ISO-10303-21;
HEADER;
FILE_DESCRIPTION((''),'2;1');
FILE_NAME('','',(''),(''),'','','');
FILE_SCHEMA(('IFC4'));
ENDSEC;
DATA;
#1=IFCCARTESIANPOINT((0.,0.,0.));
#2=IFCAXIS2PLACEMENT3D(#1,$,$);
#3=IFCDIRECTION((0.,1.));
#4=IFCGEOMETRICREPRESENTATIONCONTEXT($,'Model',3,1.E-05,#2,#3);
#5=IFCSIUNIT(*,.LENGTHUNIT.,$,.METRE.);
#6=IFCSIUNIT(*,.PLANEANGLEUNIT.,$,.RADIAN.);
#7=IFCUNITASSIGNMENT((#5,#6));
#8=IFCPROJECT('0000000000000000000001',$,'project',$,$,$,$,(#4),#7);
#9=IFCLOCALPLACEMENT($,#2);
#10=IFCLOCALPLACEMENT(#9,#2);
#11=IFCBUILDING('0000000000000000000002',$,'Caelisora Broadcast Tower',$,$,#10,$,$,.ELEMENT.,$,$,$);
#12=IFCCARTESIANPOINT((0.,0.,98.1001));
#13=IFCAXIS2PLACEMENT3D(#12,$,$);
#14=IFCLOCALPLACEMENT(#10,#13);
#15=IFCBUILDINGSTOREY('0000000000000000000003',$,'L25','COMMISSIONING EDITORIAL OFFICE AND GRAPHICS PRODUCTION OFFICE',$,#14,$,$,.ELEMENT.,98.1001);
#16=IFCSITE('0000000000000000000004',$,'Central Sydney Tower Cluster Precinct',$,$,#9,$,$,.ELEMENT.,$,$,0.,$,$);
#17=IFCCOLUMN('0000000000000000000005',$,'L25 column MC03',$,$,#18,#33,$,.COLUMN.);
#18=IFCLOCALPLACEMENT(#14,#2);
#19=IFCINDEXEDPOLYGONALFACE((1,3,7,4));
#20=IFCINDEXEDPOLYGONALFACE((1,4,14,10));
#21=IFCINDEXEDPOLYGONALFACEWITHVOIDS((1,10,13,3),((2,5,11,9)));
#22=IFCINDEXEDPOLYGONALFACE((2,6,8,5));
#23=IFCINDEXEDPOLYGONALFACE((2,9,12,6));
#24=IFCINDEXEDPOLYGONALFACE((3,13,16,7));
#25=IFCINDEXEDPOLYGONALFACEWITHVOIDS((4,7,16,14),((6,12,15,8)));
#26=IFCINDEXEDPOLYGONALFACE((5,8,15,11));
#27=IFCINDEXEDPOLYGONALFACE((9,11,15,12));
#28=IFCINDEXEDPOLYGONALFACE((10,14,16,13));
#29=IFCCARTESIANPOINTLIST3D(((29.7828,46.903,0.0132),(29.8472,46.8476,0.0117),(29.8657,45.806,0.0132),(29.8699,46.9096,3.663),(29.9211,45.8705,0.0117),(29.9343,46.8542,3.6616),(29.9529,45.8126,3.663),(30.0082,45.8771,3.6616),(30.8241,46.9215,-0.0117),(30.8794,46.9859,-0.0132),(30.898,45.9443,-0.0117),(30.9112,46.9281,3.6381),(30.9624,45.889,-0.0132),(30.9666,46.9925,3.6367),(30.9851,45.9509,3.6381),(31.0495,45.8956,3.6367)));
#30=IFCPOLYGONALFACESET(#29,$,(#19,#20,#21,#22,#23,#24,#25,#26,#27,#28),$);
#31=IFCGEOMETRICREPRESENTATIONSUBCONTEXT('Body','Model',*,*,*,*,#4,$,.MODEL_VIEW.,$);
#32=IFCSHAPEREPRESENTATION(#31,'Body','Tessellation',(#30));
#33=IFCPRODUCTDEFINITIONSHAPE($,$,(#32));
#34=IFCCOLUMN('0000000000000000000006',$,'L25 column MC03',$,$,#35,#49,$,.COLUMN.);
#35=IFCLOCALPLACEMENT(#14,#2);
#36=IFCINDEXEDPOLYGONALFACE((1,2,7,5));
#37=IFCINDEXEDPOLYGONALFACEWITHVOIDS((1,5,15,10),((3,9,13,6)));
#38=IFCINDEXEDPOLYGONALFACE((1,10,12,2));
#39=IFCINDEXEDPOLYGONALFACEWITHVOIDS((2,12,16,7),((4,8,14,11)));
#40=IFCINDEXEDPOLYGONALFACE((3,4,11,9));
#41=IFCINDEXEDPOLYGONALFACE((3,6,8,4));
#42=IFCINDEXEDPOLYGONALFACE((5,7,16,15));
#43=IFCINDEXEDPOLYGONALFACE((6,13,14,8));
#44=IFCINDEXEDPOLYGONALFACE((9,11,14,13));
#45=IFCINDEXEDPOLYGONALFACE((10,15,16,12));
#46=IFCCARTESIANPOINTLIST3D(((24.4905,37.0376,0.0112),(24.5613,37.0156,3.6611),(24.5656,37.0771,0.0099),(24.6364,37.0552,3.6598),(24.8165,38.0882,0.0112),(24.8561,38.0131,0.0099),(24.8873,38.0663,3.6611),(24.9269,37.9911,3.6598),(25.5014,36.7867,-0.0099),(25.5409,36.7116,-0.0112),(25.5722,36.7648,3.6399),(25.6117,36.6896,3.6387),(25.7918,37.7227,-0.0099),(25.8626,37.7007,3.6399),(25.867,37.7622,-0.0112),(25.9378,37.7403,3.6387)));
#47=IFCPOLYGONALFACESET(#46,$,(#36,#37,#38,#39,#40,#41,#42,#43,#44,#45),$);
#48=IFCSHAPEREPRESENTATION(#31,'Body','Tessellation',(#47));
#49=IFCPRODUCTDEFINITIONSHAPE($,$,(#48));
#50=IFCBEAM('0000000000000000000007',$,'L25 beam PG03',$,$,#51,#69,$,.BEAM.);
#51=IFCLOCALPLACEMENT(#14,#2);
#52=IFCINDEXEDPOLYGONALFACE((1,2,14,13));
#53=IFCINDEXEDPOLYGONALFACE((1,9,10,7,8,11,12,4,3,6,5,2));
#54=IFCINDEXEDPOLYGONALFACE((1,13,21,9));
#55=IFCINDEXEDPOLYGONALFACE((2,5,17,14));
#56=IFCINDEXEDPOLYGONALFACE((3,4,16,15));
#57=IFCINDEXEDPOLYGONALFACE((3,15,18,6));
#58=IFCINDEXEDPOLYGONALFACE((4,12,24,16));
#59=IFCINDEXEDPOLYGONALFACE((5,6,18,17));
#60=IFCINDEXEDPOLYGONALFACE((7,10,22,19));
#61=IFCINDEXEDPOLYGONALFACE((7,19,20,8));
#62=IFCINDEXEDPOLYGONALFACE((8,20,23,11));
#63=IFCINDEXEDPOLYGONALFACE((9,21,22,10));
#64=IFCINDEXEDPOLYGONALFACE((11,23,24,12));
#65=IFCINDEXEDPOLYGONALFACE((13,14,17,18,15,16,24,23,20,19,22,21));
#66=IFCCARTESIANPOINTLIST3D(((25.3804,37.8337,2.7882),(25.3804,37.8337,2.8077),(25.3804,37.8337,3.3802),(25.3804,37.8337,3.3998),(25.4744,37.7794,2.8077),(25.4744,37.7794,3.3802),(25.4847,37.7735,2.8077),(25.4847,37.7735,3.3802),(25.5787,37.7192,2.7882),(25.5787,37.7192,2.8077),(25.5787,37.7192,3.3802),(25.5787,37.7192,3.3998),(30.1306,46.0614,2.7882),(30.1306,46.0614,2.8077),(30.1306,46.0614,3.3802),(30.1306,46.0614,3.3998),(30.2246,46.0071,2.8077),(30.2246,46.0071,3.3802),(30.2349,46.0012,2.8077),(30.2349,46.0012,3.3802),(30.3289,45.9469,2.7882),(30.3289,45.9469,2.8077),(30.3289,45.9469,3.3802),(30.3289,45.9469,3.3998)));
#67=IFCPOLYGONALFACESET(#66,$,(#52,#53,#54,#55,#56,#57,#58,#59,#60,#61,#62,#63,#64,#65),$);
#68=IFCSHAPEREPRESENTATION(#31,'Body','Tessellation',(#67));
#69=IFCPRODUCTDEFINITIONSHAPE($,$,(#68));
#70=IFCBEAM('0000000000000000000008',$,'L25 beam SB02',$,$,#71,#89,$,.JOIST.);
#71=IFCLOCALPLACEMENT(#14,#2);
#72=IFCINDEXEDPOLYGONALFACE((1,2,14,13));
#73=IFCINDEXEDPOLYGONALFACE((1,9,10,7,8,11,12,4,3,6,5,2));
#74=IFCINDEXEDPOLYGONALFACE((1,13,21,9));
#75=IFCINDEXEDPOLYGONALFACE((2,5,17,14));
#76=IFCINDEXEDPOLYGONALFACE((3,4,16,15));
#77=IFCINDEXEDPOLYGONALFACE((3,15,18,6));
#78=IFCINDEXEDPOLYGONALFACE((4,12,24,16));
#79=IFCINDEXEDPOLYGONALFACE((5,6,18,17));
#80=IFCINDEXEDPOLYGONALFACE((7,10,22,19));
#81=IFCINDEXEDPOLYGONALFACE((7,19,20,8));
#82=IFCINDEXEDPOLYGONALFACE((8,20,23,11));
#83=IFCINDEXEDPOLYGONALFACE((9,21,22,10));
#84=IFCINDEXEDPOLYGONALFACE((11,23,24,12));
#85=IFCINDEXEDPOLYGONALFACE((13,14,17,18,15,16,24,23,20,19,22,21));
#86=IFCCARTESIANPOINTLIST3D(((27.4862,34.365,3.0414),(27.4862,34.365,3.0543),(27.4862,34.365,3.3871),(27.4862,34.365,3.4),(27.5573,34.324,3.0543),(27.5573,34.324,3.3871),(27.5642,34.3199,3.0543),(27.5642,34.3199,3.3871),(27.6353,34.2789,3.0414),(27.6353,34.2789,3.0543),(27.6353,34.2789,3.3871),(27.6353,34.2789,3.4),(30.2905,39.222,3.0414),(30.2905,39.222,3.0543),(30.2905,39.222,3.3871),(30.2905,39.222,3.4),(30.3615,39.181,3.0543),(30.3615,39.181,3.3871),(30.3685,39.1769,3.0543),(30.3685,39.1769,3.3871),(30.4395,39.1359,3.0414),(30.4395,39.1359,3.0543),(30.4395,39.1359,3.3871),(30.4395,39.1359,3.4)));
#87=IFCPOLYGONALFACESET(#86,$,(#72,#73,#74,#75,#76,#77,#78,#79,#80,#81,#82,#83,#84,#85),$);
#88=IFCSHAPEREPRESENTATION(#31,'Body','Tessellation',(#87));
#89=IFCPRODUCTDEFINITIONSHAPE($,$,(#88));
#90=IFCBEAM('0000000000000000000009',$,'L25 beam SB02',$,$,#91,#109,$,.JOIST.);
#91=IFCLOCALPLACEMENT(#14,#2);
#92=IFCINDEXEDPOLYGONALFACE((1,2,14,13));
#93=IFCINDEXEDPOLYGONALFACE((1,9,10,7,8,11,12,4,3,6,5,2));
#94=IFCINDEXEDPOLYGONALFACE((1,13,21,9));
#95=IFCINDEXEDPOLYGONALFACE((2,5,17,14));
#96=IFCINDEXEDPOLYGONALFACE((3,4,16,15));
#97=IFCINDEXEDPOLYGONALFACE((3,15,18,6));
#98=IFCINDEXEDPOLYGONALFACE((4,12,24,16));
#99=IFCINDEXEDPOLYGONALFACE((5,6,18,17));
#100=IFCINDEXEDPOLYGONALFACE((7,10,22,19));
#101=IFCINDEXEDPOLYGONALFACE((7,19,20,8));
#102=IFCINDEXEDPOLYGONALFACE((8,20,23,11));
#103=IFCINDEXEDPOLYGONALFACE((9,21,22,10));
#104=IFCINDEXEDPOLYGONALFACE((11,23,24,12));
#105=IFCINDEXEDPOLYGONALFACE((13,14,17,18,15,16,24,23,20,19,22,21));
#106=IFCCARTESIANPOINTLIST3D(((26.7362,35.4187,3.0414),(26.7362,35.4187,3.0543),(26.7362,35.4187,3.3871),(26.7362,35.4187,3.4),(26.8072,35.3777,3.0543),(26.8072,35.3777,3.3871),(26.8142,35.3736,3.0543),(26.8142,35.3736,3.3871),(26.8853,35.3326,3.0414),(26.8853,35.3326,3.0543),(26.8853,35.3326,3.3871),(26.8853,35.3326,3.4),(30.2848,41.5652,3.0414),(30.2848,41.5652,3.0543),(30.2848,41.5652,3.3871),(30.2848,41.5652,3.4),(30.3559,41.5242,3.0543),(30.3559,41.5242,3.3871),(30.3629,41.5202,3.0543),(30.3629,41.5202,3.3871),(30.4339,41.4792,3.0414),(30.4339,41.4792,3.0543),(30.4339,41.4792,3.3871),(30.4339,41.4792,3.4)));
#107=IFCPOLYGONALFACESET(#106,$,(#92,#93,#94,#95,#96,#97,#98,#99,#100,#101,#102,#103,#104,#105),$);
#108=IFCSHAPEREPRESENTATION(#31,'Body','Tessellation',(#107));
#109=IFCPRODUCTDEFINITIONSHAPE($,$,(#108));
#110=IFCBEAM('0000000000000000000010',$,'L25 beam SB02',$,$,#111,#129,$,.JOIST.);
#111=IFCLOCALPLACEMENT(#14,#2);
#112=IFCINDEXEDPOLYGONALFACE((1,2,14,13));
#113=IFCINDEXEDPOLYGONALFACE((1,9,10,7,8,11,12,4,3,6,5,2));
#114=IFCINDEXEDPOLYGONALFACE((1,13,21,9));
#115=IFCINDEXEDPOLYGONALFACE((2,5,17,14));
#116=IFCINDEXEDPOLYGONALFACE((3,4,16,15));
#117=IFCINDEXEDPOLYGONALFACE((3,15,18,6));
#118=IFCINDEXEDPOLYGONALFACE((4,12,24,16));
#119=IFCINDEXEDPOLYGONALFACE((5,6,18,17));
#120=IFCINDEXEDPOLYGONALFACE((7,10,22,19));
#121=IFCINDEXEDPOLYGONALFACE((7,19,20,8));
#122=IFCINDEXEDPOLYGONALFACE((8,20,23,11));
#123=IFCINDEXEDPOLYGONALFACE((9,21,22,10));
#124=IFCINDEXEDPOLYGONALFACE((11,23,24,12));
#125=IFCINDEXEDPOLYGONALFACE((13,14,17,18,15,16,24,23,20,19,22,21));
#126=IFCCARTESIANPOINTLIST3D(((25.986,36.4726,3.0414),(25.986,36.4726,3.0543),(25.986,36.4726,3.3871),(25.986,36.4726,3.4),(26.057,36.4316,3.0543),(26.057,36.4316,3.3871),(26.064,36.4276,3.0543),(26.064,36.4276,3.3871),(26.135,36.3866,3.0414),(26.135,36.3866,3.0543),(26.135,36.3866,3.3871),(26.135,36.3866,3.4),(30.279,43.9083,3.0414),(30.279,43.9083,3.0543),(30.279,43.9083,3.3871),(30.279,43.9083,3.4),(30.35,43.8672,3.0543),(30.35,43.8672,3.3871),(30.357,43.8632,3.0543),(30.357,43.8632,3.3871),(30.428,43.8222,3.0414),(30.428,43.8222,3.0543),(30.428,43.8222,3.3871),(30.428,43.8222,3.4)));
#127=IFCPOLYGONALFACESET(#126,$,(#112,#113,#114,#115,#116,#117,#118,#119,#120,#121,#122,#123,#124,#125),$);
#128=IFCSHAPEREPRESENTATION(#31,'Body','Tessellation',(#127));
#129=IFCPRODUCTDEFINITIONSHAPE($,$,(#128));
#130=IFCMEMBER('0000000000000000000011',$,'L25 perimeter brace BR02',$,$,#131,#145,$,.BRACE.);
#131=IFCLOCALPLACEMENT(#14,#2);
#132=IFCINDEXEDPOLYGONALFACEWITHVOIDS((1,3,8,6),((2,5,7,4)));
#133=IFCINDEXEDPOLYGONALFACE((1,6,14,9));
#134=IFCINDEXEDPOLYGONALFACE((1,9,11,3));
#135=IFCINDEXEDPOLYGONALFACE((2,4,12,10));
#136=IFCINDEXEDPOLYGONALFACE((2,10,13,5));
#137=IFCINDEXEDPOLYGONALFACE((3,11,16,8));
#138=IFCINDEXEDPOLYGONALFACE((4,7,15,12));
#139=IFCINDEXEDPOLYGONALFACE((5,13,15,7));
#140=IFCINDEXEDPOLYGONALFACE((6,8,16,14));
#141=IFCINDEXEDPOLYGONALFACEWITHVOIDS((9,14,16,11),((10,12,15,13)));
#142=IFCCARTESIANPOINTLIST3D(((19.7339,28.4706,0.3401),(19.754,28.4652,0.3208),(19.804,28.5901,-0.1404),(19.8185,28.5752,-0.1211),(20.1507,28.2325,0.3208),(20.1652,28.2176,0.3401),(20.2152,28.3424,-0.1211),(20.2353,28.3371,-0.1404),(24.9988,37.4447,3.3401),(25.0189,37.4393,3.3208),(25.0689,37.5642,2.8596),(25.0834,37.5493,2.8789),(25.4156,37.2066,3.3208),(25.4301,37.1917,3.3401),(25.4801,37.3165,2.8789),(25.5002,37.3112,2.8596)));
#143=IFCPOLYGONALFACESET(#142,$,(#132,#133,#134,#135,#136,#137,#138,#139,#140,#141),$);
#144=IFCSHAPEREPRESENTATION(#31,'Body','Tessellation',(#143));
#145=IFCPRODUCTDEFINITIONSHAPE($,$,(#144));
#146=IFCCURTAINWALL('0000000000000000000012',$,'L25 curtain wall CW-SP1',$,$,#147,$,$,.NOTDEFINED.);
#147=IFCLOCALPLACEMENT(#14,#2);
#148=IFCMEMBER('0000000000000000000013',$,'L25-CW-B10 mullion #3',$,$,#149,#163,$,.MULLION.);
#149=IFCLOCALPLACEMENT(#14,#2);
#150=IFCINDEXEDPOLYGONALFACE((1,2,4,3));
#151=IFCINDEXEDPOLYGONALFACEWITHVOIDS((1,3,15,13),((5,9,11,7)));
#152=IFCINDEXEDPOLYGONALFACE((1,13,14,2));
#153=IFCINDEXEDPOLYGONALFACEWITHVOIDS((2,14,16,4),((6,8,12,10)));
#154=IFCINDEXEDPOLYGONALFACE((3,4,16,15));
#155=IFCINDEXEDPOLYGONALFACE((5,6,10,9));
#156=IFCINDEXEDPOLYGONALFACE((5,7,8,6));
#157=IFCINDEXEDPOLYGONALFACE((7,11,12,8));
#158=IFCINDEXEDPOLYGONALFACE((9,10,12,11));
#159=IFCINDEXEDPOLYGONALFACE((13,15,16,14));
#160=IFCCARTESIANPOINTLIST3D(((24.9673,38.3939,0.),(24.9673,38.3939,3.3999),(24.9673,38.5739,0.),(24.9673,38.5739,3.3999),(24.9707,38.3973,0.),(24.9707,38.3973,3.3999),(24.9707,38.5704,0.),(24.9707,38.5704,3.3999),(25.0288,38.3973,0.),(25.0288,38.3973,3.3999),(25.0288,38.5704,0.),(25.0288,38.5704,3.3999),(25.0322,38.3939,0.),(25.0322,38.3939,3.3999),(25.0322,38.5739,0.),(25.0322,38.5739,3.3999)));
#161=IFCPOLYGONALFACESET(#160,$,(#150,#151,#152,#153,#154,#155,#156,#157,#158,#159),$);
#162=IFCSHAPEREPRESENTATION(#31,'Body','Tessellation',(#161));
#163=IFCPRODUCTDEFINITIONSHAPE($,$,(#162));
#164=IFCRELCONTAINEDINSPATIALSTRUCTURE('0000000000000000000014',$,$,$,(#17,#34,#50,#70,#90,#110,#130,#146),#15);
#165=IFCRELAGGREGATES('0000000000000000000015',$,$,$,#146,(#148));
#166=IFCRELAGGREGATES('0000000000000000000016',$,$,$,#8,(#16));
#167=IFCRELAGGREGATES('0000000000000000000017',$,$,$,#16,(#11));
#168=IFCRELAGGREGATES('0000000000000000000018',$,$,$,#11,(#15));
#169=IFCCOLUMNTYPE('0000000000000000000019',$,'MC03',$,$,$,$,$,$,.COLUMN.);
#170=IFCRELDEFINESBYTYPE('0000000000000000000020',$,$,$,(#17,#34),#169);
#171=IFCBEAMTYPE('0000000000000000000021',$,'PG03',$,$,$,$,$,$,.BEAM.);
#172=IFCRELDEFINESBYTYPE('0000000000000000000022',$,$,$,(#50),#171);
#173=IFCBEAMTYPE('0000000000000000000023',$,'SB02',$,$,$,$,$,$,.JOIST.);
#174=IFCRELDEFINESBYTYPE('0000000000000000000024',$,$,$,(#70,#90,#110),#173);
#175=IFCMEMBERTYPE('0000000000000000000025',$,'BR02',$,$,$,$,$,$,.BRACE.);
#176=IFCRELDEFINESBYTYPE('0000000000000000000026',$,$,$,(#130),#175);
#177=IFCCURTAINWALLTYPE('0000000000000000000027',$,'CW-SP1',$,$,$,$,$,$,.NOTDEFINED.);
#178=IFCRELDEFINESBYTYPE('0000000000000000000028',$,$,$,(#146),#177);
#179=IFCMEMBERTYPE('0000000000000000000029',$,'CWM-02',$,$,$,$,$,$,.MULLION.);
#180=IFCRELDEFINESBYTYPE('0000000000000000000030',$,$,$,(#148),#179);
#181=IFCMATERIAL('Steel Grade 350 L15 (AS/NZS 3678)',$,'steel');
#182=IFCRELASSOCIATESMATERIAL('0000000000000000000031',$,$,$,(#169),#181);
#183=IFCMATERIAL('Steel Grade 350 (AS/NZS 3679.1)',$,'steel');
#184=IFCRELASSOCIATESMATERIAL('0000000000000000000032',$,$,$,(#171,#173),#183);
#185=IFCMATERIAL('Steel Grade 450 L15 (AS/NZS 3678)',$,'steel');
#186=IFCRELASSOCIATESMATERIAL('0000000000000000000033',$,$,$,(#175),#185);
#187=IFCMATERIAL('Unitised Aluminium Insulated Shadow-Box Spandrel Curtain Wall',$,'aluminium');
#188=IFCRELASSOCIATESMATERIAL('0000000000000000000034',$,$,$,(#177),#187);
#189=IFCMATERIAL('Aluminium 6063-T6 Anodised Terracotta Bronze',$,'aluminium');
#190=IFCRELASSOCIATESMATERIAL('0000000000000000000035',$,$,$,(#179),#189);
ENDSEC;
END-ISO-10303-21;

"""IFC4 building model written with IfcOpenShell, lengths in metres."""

from ifc_helpers import new_model, si_unit, direction, frame, origin, origin_2d, place, context, subcontext, project, spatial, hollow_rectangle, i_section, extrude, source, transform, mapped, material, material_profile, profile_set, type_object, type_shapes, element, aggregate, save


model = new_model("IFC4")

# Units and contexts
model_context = context("Model", 3, precision=1e-05, world=origin(), true_north=direction((0.0, 1.0)))
body_context = subcontext(model_context, "Body", "Model", "MODEL_VIEW")
ifc_project = project(units=[si_unit("LENGTHUNIT", "METRE"), si_unit("PLANEANGLEUNIT", "RADIAN")], contexts=[model_context])

# Site, building, storey
site_placement = place(None, origin())
site = spatial("IfcSite", under=ifc_project, at=site_placement, Name="Central Sydney Tower Cluster Precinct", CompositionType="ELEMENT", RefElevation=0.0)
building_placement = place(site_placement, origin())
building = spatial("IfcBuilding", under=site, at=building_placement, Name="Caelisora Broadcast Tower", CompositionType="ELEMENT")
storey_placement = place(building_placement, frame((0.0, 0.0, 98.1001)))
storey = spatial("IfcBuildingStorey", under=building, at=storey_placement, Name="L25", Description="COMMISSIONING EDITORIAL OFFICE AND GRAPHICS PRODUCTION OFFICE", CompositionType="ELEMENT", Elevation=98.1001)

# Columns
ifc_material_1 = material(Name="Steel Grade 350 L15 (AS/NZS 3678)", Category="steel")
ifc_material_profile_1 = material_profile(ifc_material_1, hollow_rectangle(XDim=1.1001, YDim=1.1001, WallThickness=0.0601, at=origin_2d()), Name="Steel Grade 350 L15 (AS/NZS 3678)")
ifc_profile_set_1 = profile_set([ifc_material_profile_1], Name="Steel Grade 350 L15 (AS/NZS 3678)")
column_type = type_object("IfcColumnType", Name="MC03", PredefinedType="COLUMN", material=ifc_profile_set_1)
shared_shape_1 = source(origin(), body_context, "Body", "SweptSolid", [
    extrude(hollow_rectangle(XDim=1.1001, YDim=1.1001, WallThickness=0.0601, at=origin_2d()), origin(), (0.0, 0.0, 1.0), 3.6509),
])
column_1_placement = place(storey_placement, frame((30.3726, 46.396, 0.0), z_axis=(0.023873, 0.001806, 0.999713), x_axis=(-0.075415, 0.997152, 0.0)))
element("IfcColumn", 1, at=column_1_placement, inside=storey, type_object=column_type, Name="L25 column MC03", PredefinedType="COLUMN", context=body_context, shape_type="MappedRepresentation", body=[
    mapped(shared_shape_1, transform((0.0, 0.0, 0.0), scale=1.0)),
])
shared_shape_2 = source(origin(), body_context, "Body", "SweptSolid", [
    extrude(hollow_rectangle(XDim=1.1001, YDim=1.1001, WallThickness=0.0601, at=origin_2d()), origin(), (0.0, 0.0, 1.0), 3.6506),
])
type_shapes(column_type, [shared_shape_1, shared_shape_2])
column_2_placement = place(storey_placement, frame((25.1787, 37.3999, 0.0), z_axis=(0.019394, -0.006019, 0.999794), x_axis=(0.296399, 0.955064, 0.0)))
element("IfcColumn", 2, at=column_2_placement, inside=storey, type_object=column_type, Name="L25 column MC03", PredefinedType="COLUMN", context=body_context, shape_type="MappedRepresentation", body=[
    mapped(shared_shape_2, transform((0.0, 0.0, 0.0), scale=1.0)),
])

# Beams
ifc_material_2 = material(Name="Steel Grade 350 (AS/NZS 3679.1)", Category="steel")
ifc_material_profile_2 = material_profile(ifc_material_2, i_section(OverallWidth=0.229, OverallDepth=0.6116, WebThickness=0.012, FlangeThickness=0.0195, at=origin_2d()), Name="Steel Grade 350 (AS/NZS 3679.1)")
ifc_profile_set_2 = profile_set([ifc_material_profile_2], Name="Steel Grade 350 (AS/NZS 3679.1)")
beam_type_1 = type_object("IfcBeamType", Name="PG03", PredefinedType="BEAM", material=ifc_profile_set_2)
shared_shape_3 = source(origin(), body_context, "Body", "SweptSolid", [
    extrude(i_section(OverallWidth=0.229, OverallDepth=0.6116, WebThickness=0.012, FlangeThickness=0.0195, at=origin_2d()), origin(), (0.0, 0.0, 1.0), 9.5005),
])
type_shapes(beam_type_1, [shared_shape_3])
beam_1_placement = place(storey_placement, frame((30.2297, 46.0042, 3.094), z_axis=(-0.499995, -0.866029, 0.0), x_axis=(0.866029, -0.499995, 0.0)))
element("IfcBeam", 3, at=beam_1_placement, inside=storey, type_object=beam_type_1, Name="L25 beam PG03", PredefinedType="BEAM", context=body_context, shape_type="MappedRepresentation", body=[
    mapped(shared_shape_3, transform((0.0, 0.0, 0.0), scale=1.0)),
])
ifc_material_profile_3 = material_profile(ifc_material_2, i_section(OverallWidth=0.1721, OverallDepth=0.3586, WebThickness=0.0081, FlangeThickness=0.0129, at=origin_2d()), Name="Steel Grade 350 (AS/NZS 3679.1)")
ifc_profile_set_3 = profile_set([ifc_material_profile_3], Name="Steel Grade 350 (AS/NZS 3679.1)")
beam_type_2 = type_object("IfcBeamType", Name="SB02", PredefinedType="JOIST", material=ifc_profile_set_3)
shared_shape_4 = source(origin(), body_context, "Body", "SweptSolid", [
    extrude(i_section(OverallWidth=0.1721, OverallDepth=0.3586, WebThickness=0.0081, FlangeThickness=0.0129, at=origin_2d()), origin(), (0.0, 0.0, 1.0), 5.6084),
])
beam_2_placement = place(storey_placement, frame((30.365, 39.179, 3.2207), z_axis=(-0.500006, -0.866022, 0.0), x_axis=(0.866022, -0.500006, 0.0)))
element("IfcBeam", 4, at=beam_2_placement, inside=storey, type_object=beam_type_2, Name="L25 beam SB02", PredefinedType="JOIST", context=body_context, shape_type="MappedRepresentation", body=[
    mapped(shared_shape_4, transform((0.0, 0.0, 0.0), scale=1.0)),
])
shared_shape_5 = source(origin(), body_context, "Body", "SweptSolid", [
    extrude(i_section(OverallWidth=0.1721, OverallDepth=0.3586, WebThickness=0.0081, FlangeThickness=0.0129, at=origin_2d()), origin(), (0.0, 0.0, 1.0), 7.0974),
])
beam_3_placement = place(storey_placement, frame((30.3594, 41.5222, 3.2207), z_axis=(-0.49999, -0.866031, 0.0), x_axis=(0.866031, -0.49999, 0.0)))
element("IfcBeam", 5, at=beam_3_placement, inside=storey, type_object=beam_type_2, Name="L25 beam SB02", PredefinedType="JOIST", context=body_context, shape_type="MappedRepresentation", body=[
    mapped(shared_shape_5, transform((0.0, 0.0, 0.0), scale=1.0)),
])
shared_shape_6 = source(origin(), body_context, "Body", "SweptSolid", [
    extrude(i_section(OverallWidth=0.1721, OverallDepth=0.3586, WebThickness=0.0081, FlangeThickness=0.0129, at=origin_2d()), origin(), (0.0, 0.0, 1.0), 8.5859),
])
type_shapes(beam_type_2, [shared_shape_4, shared_shape_5, shared_shape_6])
beam_4_placement = place(storey_placement, frame((30.3535, 43.8652, 3.2207), z_axis=(-0.500005, -0.866023, 0.0), x_axis=(0.866023, -0.500005, 0.0)))
element("IfcBeam", 6, at=beam_4_placement, inside=storey, type_object=beam_type_2, Name="L25 beam SB02", PredefinedType="JOIST", context=body_context, shape_type="MappedRepresentation", body=[
    mapped(shared_shape_6, transform((0.0, 0.0, 0.0), scale=1.0)),
])

# Member
ifc_material_3 = material(Name="Steel Grade 450 L15 (AS/NZS 3678)", Category="steel")
ifc_material_profile_4 = material_profile(ifc_material_3, hollow_rectangle(XDim=0.5, YDim=0.5, WallThickness=0.02, at=origin_2d()), Name="Steel Grade 450 L15 (AS/NZS 3678)")
ifc_profile_set_4 = profile_set([ifc_material_profile_4], Name="Steel Grade 450 L15 (AS/NZS 3678)")
member_type_1 = type_object("IfcMemberType", Name="BR02", PredefinedType="BRACE", material=ifc_profile_set_4)
shared_shape_7 = source(origin(), body_context, "Body", "SweptSolid", [
    extrude(hollow_rectangle(XDim=0.5, YDim=0.5, WallThickness=0.02, at=origin_2d()), origin(), (0.0, 0.0, 1.0), 10.8284),
])
type_shapes(member_type_1, [shared_shape_7])
member_1_placement = place(storey_placement, frame((25.2495, 37.3779, 3.0999), z_axis=(-0.486212, -0.828759, -0.27705), x_axis=(0.862522, -0.50602, 0.0)))
element("IfcMember", 7, at=member_1_placement, inside=storey, type_object=member_type_1, Name="L25 perimeter brace BR02", PredefinedType="BRACE", context=body_context, shape_type="MappedRepresentation", body=[
    mapped(shared_shape_7, transform((0.0, 0.0, 0.0), scale=1.0)),
])

# Curtain wall, member
ifc_material_4 = material(Name="Unitised Aluminium Insulated Shadow-Box Spandrel Curtain Wall", Category="aluminium")
curtain_wall_type_1 = type_object("IfcCurtainWallType", Name="CW-SP1", PredefinedType="NOTDEFINED", material=ifc_material_4)
curtain_wall_1_placement = place(storey_placement, origin())
curtain_wall_1 = element("IfcCurtainWall", 8, at=curtain_wall_1_placement, inside=storey, type_object=curtain_wall_type_1, Name="L25 curtain wall CW-SP1", PredefinedType="NOTDEFINED")
ifc_material_5 = material(Name="Aluminium 6063-T6 Anodised Terracotta Bronze", Category="aluminium")
ifc_material_profile_5 = material_profile(ifc_material_5, hollow_rectangle(XDim=0.0649, YDim=0.1799, WallThickness=0.0034, at=origin_2d()), Name="Aluminium 6063-T6 Anodised Terracotta Bronze")
ifc_profile_set_5 = profile_set([ifc_material_profile_5], Name="Aluminium 6063-T6 Anodised Terracotta Bronze")
member_type_2 = type_object("IfcMemberType", Name="CWM-02", PredefinedType="MULLION", material=ifc_profile_set_5)
shared_shape_8 = source(origin(), body_context, "Body", "SweptSolid", [
    extrude(hollow_rectangle(XDim=0.0649, YDim=0.1799, WallThickness=0.0034, at=origin_2d()), origin(), (0.0, 0.0, 1.0), 3.3999),
])
type_shapes(member_type_2, [shared_shape_8])
member_2_placement = place(storey_placement, frame((24.9998, 38.4839, 0.0), z_axis=(0.0, 0.0, 1.0), x_axis=(1.0, 0.0, 0.0)))
member_2 = element("IfcMember", 9, at=member_2_placement, type_object=member_type_2, Name="L25-CW-B10 mullion #3", PredefinedType="MULLION", context=body_context, shape_type="MappedRepresentation", body=[
    mapped(shared_shape_8, transform((0.0, 0.0, 0.0), scale=1.0)),
])
aggregate(curtain_wall_1, [member_2])

save(model, "model.ifc")
